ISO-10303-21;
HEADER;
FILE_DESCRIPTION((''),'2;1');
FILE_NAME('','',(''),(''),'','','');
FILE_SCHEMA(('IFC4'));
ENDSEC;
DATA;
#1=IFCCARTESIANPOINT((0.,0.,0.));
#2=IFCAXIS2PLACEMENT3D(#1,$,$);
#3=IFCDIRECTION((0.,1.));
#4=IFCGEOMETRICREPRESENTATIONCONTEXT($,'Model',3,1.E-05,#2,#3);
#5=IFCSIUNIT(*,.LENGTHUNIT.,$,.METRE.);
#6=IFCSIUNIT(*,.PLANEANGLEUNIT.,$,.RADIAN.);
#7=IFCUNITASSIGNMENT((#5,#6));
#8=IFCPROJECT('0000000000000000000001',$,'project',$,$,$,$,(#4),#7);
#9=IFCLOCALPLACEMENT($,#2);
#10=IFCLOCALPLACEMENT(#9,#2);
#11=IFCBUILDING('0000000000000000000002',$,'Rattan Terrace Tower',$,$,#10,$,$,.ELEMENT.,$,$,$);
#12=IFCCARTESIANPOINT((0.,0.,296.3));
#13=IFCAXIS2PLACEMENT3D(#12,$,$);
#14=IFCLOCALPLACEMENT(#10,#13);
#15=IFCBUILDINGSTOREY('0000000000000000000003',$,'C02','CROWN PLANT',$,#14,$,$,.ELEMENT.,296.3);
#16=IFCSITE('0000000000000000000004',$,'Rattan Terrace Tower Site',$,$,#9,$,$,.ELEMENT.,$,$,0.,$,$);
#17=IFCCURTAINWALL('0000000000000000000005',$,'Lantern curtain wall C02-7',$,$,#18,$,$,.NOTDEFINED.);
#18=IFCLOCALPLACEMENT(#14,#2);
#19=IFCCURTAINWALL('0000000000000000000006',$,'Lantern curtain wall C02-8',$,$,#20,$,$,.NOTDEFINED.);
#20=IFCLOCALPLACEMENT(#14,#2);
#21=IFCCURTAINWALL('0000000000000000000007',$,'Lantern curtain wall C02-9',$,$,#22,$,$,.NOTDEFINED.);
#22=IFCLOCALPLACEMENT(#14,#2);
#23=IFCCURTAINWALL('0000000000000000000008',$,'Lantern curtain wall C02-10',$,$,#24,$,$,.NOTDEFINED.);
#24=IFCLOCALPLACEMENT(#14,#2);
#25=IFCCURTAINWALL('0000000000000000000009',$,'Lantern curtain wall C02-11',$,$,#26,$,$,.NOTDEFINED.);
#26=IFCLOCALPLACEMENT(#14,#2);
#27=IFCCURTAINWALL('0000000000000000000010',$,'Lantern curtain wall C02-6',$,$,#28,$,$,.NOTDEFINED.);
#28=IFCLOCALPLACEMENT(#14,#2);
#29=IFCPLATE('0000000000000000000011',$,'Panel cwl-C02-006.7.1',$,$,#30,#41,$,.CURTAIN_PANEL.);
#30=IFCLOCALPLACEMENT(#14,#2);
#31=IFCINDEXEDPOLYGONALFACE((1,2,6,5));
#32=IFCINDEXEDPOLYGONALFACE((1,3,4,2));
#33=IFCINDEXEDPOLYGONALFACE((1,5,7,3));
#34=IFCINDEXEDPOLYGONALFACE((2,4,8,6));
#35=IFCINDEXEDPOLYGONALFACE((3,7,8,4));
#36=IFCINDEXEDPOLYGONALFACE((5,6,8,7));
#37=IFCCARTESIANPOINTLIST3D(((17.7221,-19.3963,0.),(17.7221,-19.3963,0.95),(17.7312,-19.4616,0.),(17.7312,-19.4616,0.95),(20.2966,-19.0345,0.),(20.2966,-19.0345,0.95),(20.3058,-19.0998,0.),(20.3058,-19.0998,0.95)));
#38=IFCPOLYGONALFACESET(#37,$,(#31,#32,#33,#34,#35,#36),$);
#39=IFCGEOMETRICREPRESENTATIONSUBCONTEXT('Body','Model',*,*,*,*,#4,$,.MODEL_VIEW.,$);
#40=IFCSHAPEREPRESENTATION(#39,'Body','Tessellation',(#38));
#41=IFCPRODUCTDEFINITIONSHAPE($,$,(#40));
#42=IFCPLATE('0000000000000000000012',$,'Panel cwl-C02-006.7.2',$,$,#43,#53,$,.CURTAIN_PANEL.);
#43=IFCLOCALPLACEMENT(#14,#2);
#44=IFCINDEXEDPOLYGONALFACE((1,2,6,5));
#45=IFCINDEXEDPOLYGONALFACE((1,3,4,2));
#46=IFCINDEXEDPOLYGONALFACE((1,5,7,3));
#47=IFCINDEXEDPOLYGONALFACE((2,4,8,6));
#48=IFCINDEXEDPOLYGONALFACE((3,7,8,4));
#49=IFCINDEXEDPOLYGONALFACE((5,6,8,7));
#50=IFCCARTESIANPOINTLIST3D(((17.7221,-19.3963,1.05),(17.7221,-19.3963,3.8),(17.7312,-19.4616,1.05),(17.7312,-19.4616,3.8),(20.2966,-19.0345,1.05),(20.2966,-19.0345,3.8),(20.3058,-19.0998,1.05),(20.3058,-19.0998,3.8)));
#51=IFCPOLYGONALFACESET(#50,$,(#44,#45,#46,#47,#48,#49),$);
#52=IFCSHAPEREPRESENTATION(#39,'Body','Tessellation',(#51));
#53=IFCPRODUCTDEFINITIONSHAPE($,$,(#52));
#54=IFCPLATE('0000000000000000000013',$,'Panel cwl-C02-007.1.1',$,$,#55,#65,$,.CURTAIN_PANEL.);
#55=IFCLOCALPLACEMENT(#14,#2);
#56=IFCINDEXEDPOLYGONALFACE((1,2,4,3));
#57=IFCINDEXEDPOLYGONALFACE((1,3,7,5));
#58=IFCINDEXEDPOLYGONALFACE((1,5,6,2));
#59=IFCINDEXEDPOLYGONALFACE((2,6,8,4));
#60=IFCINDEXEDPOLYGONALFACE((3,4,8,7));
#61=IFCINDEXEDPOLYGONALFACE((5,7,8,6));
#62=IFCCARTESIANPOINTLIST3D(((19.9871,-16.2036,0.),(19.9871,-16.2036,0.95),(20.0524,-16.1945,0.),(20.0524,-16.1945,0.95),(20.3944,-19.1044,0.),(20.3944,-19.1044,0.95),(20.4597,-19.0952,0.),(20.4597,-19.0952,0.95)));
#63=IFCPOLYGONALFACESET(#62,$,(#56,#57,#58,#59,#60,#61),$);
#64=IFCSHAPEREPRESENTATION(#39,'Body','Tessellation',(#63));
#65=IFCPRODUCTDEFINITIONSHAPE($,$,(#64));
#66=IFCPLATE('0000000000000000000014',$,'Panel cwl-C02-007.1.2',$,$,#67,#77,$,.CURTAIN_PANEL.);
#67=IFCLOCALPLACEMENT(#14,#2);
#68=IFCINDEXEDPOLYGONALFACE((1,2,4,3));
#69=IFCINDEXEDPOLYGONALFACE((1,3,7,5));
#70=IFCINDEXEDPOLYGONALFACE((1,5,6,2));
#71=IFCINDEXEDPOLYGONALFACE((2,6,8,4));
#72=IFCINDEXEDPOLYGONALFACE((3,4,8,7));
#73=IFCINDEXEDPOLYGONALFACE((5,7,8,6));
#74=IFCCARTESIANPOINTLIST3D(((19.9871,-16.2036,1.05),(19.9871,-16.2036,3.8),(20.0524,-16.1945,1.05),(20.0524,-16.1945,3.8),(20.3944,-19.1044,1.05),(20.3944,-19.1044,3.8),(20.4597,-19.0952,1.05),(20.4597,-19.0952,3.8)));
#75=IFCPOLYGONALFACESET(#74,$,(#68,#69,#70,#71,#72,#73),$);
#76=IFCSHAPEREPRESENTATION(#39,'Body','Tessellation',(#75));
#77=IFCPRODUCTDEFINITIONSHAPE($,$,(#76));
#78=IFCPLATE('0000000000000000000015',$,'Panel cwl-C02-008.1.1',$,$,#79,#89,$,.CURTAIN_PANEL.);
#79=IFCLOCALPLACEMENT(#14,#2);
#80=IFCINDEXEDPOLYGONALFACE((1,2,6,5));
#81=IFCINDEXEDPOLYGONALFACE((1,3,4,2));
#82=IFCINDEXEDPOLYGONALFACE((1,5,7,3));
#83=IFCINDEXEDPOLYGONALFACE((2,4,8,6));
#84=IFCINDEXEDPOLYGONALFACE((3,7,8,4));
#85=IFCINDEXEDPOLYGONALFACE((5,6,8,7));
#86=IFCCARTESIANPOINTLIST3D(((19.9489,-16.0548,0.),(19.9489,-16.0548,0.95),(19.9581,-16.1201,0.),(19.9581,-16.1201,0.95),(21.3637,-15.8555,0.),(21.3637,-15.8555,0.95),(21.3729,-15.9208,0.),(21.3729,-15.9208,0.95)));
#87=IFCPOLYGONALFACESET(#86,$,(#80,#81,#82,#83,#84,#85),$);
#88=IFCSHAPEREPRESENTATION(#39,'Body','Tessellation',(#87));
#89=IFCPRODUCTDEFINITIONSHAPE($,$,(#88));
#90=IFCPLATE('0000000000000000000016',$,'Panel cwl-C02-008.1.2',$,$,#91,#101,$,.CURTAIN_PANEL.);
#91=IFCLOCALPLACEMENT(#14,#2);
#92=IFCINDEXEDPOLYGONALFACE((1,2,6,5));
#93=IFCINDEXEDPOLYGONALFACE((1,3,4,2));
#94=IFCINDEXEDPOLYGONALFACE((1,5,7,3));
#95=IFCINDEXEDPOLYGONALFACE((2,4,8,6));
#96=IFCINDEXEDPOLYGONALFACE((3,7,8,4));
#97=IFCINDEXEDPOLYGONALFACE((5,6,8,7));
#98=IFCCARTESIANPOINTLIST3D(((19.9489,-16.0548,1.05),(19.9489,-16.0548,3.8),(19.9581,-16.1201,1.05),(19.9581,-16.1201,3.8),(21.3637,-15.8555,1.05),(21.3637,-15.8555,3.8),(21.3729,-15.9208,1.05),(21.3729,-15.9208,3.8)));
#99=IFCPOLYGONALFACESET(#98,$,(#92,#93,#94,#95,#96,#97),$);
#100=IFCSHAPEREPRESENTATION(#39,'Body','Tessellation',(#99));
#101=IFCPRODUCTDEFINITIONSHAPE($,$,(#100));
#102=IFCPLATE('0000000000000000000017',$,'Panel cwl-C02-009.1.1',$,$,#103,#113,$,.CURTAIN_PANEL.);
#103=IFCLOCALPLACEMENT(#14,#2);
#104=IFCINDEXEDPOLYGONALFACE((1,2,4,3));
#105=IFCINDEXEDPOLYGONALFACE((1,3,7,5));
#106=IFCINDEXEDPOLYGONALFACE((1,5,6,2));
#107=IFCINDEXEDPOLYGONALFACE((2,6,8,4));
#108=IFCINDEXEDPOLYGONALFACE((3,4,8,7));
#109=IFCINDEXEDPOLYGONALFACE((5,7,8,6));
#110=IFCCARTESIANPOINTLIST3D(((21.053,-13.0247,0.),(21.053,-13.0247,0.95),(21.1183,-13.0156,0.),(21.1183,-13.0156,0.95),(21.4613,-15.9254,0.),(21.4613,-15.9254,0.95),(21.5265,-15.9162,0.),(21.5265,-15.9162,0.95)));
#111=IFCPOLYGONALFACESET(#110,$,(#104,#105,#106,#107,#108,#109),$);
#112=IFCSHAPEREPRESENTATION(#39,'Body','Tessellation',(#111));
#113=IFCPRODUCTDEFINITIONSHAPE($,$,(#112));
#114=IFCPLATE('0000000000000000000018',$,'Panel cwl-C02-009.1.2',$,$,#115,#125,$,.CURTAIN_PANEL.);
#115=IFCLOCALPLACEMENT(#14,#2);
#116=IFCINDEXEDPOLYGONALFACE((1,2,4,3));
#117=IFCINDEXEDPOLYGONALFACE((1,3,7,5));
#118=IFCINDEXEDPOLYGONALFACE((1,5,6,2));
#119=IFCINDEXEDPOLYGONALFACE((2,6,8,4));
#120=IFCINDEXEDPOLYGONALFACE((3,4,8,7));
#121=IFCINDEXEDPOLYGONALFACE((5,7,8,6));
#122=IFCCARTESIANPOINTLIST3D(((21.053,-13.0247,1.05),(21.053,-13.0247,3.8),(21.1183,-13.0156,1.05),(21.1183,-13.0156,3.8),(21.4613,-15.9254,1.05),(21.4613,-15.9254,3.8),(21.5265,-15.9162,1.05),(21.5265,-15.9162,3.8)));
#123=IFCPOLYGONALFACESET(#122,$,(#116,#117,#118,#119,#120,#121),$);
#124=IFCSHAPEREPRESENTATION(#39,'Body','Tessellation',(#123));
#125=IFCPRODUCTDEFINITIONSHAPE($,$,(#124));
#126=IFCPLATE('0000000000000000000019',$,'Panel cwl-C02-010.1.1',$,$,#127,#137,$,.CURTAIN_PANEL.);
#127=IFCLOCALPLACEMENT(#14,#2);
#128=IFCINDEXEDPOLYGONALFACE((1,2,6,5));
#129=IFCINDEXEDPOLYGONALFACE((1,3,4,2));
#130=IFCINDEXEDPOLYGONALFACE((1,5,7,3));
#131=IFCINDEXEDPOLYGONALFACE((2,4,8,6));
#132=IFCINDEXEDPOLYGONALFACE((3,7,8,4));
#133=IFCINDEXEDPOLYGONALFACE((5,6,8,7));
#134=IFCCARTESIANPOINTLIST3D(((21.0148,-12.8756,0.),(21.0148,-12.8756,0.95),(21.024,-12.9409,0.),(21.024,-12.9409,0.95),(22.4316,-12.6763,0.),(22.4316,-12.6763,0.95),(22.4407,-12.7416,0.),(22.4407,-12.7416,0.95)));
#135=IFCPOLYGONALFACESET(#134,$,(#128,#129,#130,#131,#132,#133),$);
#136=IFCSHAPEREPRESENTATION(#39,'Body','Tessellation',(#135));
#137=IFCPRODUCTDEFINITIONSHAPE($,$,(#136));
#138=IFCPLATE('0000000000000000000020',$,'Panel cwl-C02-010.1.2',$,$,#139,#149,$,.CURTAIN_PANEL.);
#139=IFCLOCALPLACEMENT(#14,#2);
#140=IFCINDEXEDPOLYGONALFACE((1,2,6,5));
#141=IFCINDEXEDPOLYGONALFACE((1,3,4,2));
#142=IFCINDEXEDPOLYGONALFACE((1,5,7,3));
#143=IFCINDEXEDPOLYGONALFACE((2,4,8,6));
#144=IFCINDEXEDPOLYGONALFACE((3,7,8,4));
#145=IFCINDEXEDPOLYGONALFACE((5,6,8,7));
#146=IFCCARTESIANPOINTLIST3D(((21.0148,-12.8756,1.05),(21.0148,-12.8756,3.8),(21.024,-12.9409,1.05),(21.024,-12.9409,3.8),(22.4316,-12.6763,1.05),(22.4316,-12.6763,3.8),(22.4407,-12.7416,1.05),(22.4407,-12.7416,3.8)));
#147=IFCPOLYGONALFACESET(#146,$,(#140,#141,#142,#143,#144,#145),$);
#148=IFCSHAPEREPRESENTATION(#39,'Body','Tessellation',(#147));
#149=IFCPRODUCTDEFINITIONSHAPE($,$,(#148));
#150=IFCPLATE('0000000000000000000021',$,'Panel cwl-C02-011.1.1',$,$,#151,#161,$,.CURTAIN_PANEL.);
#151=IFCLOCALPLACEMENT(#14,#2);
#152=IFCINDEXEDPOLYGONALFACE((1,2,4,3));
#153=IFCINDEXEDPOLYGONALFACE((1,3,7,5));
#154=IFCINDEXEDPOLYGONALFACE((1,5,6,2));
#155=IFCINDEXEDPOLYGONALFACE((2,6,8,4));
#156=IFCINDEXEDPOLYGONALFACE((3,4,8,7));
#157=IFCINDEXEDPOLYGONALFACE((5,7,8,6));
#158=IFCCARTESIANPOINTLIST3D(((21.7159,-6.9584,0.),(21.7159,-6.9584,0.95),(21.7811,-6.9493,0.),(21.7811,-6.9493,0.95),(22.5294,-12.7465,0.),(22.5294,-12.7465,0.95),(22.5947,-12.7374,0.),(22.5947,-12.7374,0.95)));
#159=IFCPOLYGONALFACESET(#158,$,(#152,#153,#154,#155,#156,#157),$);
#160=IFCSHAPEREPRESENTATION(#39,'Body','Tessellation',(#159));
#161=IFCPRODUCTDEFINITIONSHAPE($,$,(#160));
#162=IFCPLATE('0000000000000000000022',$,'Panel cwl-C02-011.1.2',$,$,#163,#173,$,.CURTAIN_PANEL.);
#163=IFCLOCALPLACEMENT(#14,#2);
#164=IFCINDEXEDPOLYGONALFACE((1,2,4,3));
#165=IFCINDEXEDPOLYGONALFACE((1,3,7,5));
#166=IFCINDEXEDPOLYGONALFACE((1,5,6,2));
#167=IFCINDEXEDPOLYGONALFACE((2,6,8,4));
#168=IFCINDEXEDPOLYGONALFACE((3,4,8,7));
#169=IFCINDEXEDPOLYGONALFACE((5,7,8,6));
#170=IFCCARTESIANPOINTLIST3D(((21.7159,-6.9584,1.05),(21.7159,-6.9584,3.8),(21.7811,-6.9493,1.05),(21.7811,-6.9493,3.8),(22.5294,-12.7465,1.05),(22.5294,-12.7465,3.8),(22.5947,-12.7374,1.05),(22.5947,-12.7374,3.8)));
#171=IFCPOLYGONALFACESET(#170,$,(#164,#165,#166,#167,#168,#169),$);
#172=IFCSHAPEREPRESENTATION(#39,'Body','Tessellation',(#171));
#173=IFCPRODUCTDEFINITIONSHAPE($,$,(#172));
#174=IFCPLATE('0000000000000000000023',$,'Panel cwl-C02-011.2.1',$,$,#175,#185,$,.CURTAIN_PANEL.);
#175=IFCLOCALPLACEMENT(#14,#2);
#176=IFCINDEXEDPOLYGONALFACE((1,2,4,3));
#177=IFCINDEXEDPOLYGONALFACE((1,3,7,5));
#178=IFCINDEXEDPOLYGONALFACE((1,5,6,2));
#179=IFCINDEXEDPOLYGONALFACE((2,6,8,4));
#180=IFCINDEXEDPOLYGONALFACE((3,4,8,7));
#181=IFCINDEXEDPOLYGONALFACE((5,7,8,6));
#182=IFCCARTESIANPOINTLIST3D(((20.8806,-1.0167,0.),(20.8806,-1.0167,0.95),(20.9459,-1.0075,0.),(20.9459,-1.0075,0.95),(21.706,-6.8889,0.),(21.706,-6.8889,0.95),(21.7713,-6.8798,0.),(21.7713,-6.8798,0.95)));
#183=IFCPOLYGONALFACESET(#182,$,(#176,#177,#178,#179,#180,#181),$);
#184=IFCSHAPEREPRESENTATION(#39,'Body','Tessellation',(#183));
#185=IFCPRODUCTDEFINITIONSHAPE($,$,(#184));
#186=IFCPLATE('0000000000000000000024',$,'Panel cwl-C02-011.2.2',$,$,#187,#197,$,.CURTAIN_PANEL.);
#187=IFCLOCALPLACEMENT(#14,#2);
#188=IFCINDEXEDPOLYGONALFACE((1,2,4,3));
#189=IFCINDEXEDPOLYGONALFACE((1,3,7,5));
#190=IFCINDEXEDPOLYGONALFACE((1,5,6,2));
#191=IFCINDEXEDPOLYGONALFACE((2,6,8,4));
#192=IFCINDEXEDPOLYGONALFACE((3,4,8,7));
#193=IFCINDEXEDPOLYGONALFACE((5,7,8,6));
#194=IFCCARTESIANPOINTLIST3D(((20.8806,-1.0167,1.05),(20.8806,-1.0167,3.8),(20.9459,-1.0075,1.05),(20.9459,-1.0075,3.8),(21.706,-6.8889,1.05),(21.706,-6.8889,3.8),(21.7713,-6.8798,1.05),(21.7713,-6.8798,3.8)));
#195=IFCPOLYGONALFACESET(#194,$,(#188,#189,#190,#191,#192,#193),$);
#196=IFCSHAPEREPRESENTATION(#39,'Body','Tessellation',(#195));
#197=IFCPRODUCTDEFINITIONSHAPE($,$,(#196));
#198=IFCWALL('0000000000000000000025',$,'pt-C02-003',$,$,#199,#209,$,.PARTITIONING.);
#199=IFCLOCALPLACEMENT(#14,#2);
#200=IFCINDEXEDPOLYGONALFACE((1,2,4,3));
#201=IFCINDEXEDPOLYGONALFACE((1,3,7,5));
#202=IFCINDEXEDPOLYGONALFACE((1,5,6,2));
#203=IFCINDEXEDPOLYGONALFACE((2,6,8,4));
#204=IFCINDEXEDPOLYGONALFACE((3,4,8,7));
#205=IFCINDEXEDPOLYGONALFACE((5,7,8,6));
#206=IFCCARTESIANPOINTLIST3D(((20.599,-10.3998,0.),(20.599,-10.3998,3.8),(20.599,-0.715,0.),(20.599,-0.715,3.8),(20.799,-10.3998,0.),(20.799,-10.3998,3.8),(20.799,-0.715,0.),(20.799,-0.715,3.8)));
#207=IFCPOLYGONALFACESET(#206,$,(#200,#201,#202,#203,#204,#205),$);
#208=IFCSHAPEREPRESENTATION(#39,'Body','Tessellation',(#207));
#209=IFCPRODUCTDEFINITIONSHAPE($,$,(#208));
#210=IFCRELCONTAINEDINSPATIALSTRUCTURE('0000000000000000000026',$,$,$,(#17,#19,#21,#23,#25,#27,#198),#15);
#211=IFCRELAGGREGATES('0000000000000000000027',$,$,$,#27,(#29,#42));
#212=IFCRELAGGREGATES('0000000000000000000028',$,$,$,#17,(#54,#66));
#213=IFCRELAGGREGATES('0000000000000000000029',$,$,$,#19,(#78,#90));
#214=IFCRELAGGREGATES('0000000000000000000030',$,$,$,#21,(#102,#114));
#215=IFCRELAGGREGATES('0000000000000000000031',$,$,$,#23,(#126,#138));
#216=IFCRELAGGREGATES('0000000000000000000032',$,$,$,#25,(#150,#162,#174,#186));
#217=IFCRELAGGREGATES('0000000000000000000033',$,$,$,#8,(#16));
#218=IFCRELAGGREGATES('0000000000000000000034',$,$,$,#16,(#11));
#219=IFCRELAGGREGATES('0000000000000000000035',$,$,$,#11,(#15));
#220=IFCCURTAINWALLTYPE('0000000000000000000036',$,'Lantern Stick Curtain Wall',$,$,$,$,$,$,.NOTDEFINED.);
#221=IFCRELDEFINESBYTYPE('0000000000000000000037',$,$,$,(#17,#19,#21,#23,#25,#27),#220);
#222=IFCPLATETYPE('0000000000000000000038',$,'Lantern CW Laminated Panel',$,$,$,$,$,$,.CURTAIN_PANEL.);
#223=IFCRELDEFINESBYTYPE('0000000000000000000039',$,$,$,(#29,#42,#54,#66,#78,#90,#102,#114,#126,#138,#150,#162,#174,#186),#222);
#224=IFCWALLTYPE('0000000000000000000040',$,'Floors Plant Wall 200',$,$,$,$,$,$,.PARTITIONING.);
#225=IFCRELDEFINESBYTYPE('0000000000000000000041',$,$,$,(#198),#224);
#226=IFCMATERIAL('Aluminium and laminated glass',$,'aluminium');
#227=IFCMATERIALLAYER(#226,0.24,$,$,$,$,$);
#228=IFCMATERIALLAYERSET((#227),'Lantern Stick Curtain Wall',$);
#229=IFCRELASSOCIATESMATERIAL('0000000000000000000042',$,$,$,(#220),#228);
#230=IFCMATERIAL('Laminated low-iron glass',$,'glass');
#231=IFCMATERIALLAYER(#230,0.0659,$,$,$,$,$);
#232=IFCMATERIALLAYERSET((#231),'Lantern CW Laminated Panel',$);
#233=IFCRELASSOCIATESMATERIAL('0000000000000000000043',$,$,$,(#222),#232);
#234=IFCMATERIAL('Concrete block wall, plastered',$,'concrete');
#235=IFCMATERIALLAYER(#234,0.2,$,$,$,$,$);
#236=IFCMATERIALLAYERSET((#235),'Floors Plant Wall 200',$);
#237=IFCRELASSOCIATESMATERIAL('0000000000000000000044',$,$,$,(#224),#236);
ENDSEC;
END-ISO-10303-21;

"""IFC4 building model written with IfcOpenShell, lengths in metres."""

from ifc_helpers import new_model, si_unit, direction, frame, frame_2d, origin, origin_2d, place, context, subcontext, project, spatial, rectangle, extrude, material, layer, layer_set, type_object, element, aggregate, save


model = new_model("IFC4")

# Units and contexts
model_context = context("Model", 3, precision=1e-05, world=origin(), true_north=direction((0.0, 1.0)))
body_context = subcontext(model_context, "Body", "Model", "MODEL_VIEW")
ifc_project = project(units=[si_unit("LENGTHUNIT", "METRE"), si_unit("PLANEANGLEUNIT", "RADIAN")], contexts=[model_context])

# Site, building, storey
site_placement = place(None, origin())
site = spatial("IfcSite", under=ifc_project, at=site_placement, Name="Rattan Terrace Tower Site", CompositionType="ELEMENT", RefElevation=0.0)
building_placement = place(site_placement, origin())
building = spatial("IfcBuilding", under=site, at=building_placement, Name="Rattan Terrace Tower", CompositionType="ELEMENT")
storey_placement = place(building_placement, frame((0.0, 0.0, 296.3)))
storey = spatial("IfcBuildingStorey", under=building, at=storey_placement, Name="C02", Description="CROWN PLANT", CompositionType="ELEMENT", Elevation=296.3)

# Curtain walls
ifc_material_1 = material(Name="Aluminium and laminated glass", Category="aluminium")
ifc_layer_1 = layer(ifc_material_1, 0.24)
ifc_layer_set_1 = layer_set([ifc_layer_1], Name="Lantern Stick Curtain Wall")
curtain_wall_type = type_object("IfcCurtainWallType", Name="Lantern Stick Curtain Wall", PredefinedType="NOTDEFINED", material=ifc_layer_set_1)
curtain_wall_1_placement = place(storey_placement, origin())
curtain_wall_1 = element("IfcCurtainWall", 1, at=curtain_wall_1_placement, inside=storey, type_object=curtain_wall_type, Name="Lantern curtain wall C02-7", PredefinedType="NOTDEFINED")
curtain_wall_2_placement = place(storey_placement, origin())
curtain_wall_2 = element("IfcCurtainWall", 2, at=curtain_wall_2_placement, inside=storey, type_object=curtain_wall_type, Name="Lantern curtain wall C02-8", PredefinedType="NOTDEFINED")
curtain_wall_3_placement = place(storey_placement, origin())
curtain_wall_3 = element("IfcCurtainWall", 3, at=curtain_wall_3_placement, inside=storey, type_object=curtain_wall_type, Name="Lantern curtain wall C02-9", PredefinedType="NOTDEFINED")
curtain_wall_4_placement = place(storey_placement, origin())
curtain_wall_4 = element("IfcCurtainWall", 4, at=curtain_wall_4_placement, inside=storey, type_object=curtain_wall_type, Name="Lantern curtain wall C02-10", PredefinedType="NOTDEFINED")

# Curtain wall
curtain_wall_5_placement = place(storey_placement, origin())
curtain_wall_5 = element("IfcCurtainWall", 5, at=curtain_wall_5_placement, inside=storey, type_object=curtain_wall_type, Name="Lantern curtain wall C02-11", PredefinedType="NOTDEFINED")

# Curtain wall, plates
curtain_wall_6_placement = place(storey_placement, origin())
curtain_wall_6 = element("IfcCurtainWall", 6, at=curtain_wall_6_placement, inside=storey, type_object=curtain_wall_type, Name="Lantern curtain wall C02-6", PredefinedType="NOTDEFINED")
ifc_material_2 = material(Name="Laminated low-iron glass", Category="glass")
ifc_layer_2 = layer(ifc_material_2, 0.0659)
ifc_layer_set_2 = layer_set([ifc_layer_2], Name="Lantern CW Laminated Panel")
plate_type = type_object("IfcPlateType", Name="Lantern CW Laminated Panel", PredefinedType="CURTAIN_PANEL", material=ifc_layer_set_2)
plate_1_placement = place(storey_placement, frame((19.0139, -19.248, 0.0), z_axis=(0.0, 0.0, 1.0), x_axis=(0.990267, 0.139181, 0.0)))
plate_1 = element("IfcPlate", 7, at=plate_1_placement, type_object=plate_type, Name="Panel cwl-C02-006.7.1", PredefinedType="CURTAIN_PANEL", context=body_context, shape_type="SweptSolid", body=[
    extrude(rectangle(XDim=2.5999, YDim=0.0659, at=origin_2d()), origin(), (0.0, 0.0, 1.0), 0.95),
])
plate_2_placement = place(storey_placement, frame((19.0139, -19.248, 1.05), z_axis=(0.0, 0.0, 1.0), x_axis=(0.990267, 0.139181, 0.0)))
plate_2 = element("IfcPlate", 8, at=plate_2_placement, type_object=plate_type, Name="Panel cwl-C02-006.7.2", PredefinedType="CURTAIN_PANEL", context=body_context, shape_type="SweptSolid", body=[
    extrude(rectangle(XDim=2.5999, YDim=0.0659, at=origin_2d()), origin(), (0.0, 0.0, 1.0), 2.75),
])
aggregate(curtain_wall_6, [plate_1, plate_2])

# Plates
plate_3_placement = place(storey_placement, frame((20.2234, -17.6494, 0.0), z_axis=(0.0, 0.0, 1.0), x_axis=(-0.13904, 0.990287, 0.0)))
plate_3 = element("IfcPlate", 9, at=plate_3_placement, type_object=plate_type, Name="Panel cwl-C02-007.1.1", PredefinedType="CURTAIN_PANEL", context=body_context, shape_type="SweptSolid", body=[
    extrude(rectangle(XDim=2.9292, YDim=0.0659, at=origin_2d()), origin(), (0.0, 0.0, 1.0), 0.95),
])
plate_4_placement = place(storey_placement, frame((20.2234, -17.6494, 1.05), z_axis=(0.0, 0.0, 1.0), x_axis=(-0.13904, 0.990287, 0.0)))
plate_4 = element("IfcPlate", 10, at=plate_4_placement, type_object=plate_type, Name="Panel cwl-C02-007.1.2", PredefinedType="CURTAIN_PANEL", context=body_context, shape_type="SweptSolid", body=[
    extrude(rectangle(XDim=2.9292, YDim=0.0659, at=origin_2d()), origin(), (0.0, 0.0, 1.0), 2.75),
])
aggregate(curtain_wall_1, [plate_3, plate_4])
plate_5_placement = place(storey_placement, frame((20.6609, -15.9878, 0.0), z_axis=(0.0, 0.0, 1.0), x_axis=(0.990228, 0.139459, 0.0)))
plate_5 = element("IfcPlate", 11, at=plate_5_placement, type_object=plate_type, Name="Panel cwl-C02-008.1.1", PredefinedType="CURTAIN_PANEL", context=body_context, shape_type="SweptSolid", body=[
    extrude(rectangle(XDim=1.4287, YDim=0.0659, at=origin_2d()), origin(), (0.0, 0.0, 1.0), 0.95),
])
plate_6_placement = place(storey_placement, frame((20.6609, -15.9878, 1.05), z_axis=(0.0, 0.0, 1.0), x_axis=(0.990228, 0.139459, 0.0)))
plate_6 = element("IfcPlate", 12, at=plate_6_placement, type_object=plate_type, Name="Panel cwl-C02-008.1.2", PredefinedType="CURTAIN_PANEL", context=body_context, shape_type="SweptSolid", body=[
    extrude(rectangle(XDim=1.4287, YDim=0.0659, at=origin_2d()), origin(), (0.0, 0.0, 1.0), 2.75),
])
aggregate(curtain_wall_2, [plate_5, plate_6])
plate_7_placement = place(storey_placement, frame((21.2898, -14.4705, 0.0), z_axis=(0.0, 0.0, 1.0), x_axis=(-0.139367, 0.990241, 0.0)))
plate_7 = element("IfcPlate", 13, at=plate_7_placement, type_object=plate_type, Name="Panel cwl-C02-009.1.1", PredefinedType="CURTAIN_PANEL", context=body_context, shape_type="SweptSolid", body=[
    extrude(rectangle(XDim=2.9292, YDim=0.0659, at=origin_2d()), origin(), (0.0, 0.0, 1.0), 0.95),
])
plate_8_placement = place(storey_placement, frame((21.2898, -14.4705, 1.05), z_axis=(0.0, 0.0, 1.0), x_axis=(-0.139367, 0.990241, 0.0)))
plate_8 = element("IfcPlate", 14, at=plate_8_placement, type_object=plate_type, Name="Panel cwl-C02-009.1.2", PredefinedType="CURTAIN_PANEL", context=body_context, shape_type="SweptSolid", body=[
    extrude(rectangle(XDim=2.9292, YDim=0.0659, at=origin_2d()), origin(), (0.0, 0.0, 1.0), 2.75),
])
aggregate(curtain_wall_3, [plate_7, plate_8])
plate_9_placement = place(storey_placement, frame((21.7278, -12.8086, 0.0), z_axis=(0.0, 0.0, 1.0), x_axis=(0.990254, 0.139275, 0.0)))
plate_9 = element("IfcPlate", 15, at=plate_9_placement, type_object=plate_type, Name="Panel cwl-C02-010.1.1", PredefinedType="CURTAIN_PANEL", context=body_context, shape_type="SweptSolid", body=[
    extrude(rectangle(XDim=1.4307, YDim=0.0659, at=origin_2d()), origin(), (0.0, 0.0, 1.0), 0.95),
])
plate_10_placement = place(storey_placement, frame((21.7278, -12.8086, 1.05), z_axis=(0.0, 0.0, 1.0), x_axis=(0.990254, 0.139275, 0.0)))
plate_10 = element("IfcPlate", 16, at=plate_10_placement, type_object=plate_type, Name="Panel cwl-C02-010.1.2", PredefinedType="CURTAIN_PANEL", context=body_context, shape_type="SweptSolid", body=[
    extrude(rectangle(XDim=1.4307, YDim=0.0659, at=origin_2d()), origin(), (0.0, 0.0, 1.0), 2.75),
])
aggregate(curtain_wall_4, [plate_9, plate_10])
plate_11_placement = place(storey_placement, frame((22.1553, -9.8479, 0.0), z_axis=(0.0, 0.0, 1.0), x_axis=(-0.139188, 0.990266, 0.0)))
plate_11 = element("IfcPlate", 17, at=plate_11_placement, type_object=plate_type, Name="Panel cwl-C02-011.1.1", PredefinedType="CURTAIN_PANEL", context=body_context, shape_type="SweptSolid", body=[
    extrude(rectangle(XDim=5.845, YDim=0.0659, at=origin_2d()), origin(), (0.0, 0.0, 1.0), 0.95),
])
plate_12_placement = place(storey_placement, frame((22.1553, -9.8479, 1.05), z_axis=(0.0, 0.0, 1.0), x_axis=(-0.139188, 0.990266, 0.0)))
plate_12 = element("IfcPlate", 18, at=plate_12_placement, type_object=plate_type, Name="Panel cwl-C02-011.1.2", PredefinedType="CURTAIN_PANEL", context=body_context, shape_type="SweptSolid", body=[
    extrude(rectangle(XDim=5.845, YDim=0.0659, at=origin_2d()), origin(), (0.0, 0.0, 1.0), 2.75),
])
plate_13_placement = place(storey_placement, frame((21.3259, -3.9482, 0.0), z_axis=(0.0, 0.0, 1.0), x_axis=(-0.139188, 0.990266, 0.0)))
plate_13 = element("IfcPlate", 19, at=plate_13_placement, type_object=plate_type, Name="Panel cwl-C02-011.2.1", PredefinedType="CURTAIN_PANEL", context=body_context, shape_type="SweptSolid", body=[
    extrude(rectangle(XDim=5.9299, YDim=0.0659, at=origin_2d()), origin(), (0.0, 0.0, 1.0), 0.95),
])
plate_14_placement = place(storey_placement, frame((21.3259, -3.9482, 1.05), z_axis=(0.0, 0.0, 1.0), x_axis=(-0.139188, 0.990266, 0.0)))
plate_14 = element("IfcPlate", 20, at=plate_14_placement, type_object=plate_type, Name="Panel cwl-C02-011.2.2", PredefinedType="CURTAIN_PANEL", context=body_context, shape_type="SweptSolid", body=[
    extrude(rectangle(XDim=5.9299, YDim=0.0659, at=origin_2d()), origin(), (0.0, 0.0, 1.0), 2.75),
])
aggregate(curtain_wall_5, [plate_11, plate_12, plate_13, plate_14])

# Wall
ifc_material_3 = material(Name="Concrete block wall, plastered", Category="concrete")
ifc_layer_3 = layer(ifc_material_3, 0.2)
ifc_layer_set_3 = layer_set([ifc_layer_3], Name="Floors Plant Wall 200")
wall_type = type_object("IfcWallType", Name="Floors Plant Wall 200", PredefinedType="PARTITIONING", material=ifc_layer_set_3)
wall_1_placement = place(storey_placement, frame((20.699, -0.7151, 0.0), z_axis=(0.0, 0.0, 1.0), x_axis=(0.0, -1.0, 0.0)))
element("IfcWall", 21, at=wall_1_placement, inside=storey, type_object=wall_type, Name="pt-C02-003", PredefinedType="PARTITIONING", context=body_context, shape_type="SweptSolid", body=[
    extrude(rectangle(XDim=9.6848, YDim=0.2, at=frame_2d((4.8423, 0.0))), origin(), (0.0, 0.0, 1.0), 3.8),
])

save(model, "model.ifc")
